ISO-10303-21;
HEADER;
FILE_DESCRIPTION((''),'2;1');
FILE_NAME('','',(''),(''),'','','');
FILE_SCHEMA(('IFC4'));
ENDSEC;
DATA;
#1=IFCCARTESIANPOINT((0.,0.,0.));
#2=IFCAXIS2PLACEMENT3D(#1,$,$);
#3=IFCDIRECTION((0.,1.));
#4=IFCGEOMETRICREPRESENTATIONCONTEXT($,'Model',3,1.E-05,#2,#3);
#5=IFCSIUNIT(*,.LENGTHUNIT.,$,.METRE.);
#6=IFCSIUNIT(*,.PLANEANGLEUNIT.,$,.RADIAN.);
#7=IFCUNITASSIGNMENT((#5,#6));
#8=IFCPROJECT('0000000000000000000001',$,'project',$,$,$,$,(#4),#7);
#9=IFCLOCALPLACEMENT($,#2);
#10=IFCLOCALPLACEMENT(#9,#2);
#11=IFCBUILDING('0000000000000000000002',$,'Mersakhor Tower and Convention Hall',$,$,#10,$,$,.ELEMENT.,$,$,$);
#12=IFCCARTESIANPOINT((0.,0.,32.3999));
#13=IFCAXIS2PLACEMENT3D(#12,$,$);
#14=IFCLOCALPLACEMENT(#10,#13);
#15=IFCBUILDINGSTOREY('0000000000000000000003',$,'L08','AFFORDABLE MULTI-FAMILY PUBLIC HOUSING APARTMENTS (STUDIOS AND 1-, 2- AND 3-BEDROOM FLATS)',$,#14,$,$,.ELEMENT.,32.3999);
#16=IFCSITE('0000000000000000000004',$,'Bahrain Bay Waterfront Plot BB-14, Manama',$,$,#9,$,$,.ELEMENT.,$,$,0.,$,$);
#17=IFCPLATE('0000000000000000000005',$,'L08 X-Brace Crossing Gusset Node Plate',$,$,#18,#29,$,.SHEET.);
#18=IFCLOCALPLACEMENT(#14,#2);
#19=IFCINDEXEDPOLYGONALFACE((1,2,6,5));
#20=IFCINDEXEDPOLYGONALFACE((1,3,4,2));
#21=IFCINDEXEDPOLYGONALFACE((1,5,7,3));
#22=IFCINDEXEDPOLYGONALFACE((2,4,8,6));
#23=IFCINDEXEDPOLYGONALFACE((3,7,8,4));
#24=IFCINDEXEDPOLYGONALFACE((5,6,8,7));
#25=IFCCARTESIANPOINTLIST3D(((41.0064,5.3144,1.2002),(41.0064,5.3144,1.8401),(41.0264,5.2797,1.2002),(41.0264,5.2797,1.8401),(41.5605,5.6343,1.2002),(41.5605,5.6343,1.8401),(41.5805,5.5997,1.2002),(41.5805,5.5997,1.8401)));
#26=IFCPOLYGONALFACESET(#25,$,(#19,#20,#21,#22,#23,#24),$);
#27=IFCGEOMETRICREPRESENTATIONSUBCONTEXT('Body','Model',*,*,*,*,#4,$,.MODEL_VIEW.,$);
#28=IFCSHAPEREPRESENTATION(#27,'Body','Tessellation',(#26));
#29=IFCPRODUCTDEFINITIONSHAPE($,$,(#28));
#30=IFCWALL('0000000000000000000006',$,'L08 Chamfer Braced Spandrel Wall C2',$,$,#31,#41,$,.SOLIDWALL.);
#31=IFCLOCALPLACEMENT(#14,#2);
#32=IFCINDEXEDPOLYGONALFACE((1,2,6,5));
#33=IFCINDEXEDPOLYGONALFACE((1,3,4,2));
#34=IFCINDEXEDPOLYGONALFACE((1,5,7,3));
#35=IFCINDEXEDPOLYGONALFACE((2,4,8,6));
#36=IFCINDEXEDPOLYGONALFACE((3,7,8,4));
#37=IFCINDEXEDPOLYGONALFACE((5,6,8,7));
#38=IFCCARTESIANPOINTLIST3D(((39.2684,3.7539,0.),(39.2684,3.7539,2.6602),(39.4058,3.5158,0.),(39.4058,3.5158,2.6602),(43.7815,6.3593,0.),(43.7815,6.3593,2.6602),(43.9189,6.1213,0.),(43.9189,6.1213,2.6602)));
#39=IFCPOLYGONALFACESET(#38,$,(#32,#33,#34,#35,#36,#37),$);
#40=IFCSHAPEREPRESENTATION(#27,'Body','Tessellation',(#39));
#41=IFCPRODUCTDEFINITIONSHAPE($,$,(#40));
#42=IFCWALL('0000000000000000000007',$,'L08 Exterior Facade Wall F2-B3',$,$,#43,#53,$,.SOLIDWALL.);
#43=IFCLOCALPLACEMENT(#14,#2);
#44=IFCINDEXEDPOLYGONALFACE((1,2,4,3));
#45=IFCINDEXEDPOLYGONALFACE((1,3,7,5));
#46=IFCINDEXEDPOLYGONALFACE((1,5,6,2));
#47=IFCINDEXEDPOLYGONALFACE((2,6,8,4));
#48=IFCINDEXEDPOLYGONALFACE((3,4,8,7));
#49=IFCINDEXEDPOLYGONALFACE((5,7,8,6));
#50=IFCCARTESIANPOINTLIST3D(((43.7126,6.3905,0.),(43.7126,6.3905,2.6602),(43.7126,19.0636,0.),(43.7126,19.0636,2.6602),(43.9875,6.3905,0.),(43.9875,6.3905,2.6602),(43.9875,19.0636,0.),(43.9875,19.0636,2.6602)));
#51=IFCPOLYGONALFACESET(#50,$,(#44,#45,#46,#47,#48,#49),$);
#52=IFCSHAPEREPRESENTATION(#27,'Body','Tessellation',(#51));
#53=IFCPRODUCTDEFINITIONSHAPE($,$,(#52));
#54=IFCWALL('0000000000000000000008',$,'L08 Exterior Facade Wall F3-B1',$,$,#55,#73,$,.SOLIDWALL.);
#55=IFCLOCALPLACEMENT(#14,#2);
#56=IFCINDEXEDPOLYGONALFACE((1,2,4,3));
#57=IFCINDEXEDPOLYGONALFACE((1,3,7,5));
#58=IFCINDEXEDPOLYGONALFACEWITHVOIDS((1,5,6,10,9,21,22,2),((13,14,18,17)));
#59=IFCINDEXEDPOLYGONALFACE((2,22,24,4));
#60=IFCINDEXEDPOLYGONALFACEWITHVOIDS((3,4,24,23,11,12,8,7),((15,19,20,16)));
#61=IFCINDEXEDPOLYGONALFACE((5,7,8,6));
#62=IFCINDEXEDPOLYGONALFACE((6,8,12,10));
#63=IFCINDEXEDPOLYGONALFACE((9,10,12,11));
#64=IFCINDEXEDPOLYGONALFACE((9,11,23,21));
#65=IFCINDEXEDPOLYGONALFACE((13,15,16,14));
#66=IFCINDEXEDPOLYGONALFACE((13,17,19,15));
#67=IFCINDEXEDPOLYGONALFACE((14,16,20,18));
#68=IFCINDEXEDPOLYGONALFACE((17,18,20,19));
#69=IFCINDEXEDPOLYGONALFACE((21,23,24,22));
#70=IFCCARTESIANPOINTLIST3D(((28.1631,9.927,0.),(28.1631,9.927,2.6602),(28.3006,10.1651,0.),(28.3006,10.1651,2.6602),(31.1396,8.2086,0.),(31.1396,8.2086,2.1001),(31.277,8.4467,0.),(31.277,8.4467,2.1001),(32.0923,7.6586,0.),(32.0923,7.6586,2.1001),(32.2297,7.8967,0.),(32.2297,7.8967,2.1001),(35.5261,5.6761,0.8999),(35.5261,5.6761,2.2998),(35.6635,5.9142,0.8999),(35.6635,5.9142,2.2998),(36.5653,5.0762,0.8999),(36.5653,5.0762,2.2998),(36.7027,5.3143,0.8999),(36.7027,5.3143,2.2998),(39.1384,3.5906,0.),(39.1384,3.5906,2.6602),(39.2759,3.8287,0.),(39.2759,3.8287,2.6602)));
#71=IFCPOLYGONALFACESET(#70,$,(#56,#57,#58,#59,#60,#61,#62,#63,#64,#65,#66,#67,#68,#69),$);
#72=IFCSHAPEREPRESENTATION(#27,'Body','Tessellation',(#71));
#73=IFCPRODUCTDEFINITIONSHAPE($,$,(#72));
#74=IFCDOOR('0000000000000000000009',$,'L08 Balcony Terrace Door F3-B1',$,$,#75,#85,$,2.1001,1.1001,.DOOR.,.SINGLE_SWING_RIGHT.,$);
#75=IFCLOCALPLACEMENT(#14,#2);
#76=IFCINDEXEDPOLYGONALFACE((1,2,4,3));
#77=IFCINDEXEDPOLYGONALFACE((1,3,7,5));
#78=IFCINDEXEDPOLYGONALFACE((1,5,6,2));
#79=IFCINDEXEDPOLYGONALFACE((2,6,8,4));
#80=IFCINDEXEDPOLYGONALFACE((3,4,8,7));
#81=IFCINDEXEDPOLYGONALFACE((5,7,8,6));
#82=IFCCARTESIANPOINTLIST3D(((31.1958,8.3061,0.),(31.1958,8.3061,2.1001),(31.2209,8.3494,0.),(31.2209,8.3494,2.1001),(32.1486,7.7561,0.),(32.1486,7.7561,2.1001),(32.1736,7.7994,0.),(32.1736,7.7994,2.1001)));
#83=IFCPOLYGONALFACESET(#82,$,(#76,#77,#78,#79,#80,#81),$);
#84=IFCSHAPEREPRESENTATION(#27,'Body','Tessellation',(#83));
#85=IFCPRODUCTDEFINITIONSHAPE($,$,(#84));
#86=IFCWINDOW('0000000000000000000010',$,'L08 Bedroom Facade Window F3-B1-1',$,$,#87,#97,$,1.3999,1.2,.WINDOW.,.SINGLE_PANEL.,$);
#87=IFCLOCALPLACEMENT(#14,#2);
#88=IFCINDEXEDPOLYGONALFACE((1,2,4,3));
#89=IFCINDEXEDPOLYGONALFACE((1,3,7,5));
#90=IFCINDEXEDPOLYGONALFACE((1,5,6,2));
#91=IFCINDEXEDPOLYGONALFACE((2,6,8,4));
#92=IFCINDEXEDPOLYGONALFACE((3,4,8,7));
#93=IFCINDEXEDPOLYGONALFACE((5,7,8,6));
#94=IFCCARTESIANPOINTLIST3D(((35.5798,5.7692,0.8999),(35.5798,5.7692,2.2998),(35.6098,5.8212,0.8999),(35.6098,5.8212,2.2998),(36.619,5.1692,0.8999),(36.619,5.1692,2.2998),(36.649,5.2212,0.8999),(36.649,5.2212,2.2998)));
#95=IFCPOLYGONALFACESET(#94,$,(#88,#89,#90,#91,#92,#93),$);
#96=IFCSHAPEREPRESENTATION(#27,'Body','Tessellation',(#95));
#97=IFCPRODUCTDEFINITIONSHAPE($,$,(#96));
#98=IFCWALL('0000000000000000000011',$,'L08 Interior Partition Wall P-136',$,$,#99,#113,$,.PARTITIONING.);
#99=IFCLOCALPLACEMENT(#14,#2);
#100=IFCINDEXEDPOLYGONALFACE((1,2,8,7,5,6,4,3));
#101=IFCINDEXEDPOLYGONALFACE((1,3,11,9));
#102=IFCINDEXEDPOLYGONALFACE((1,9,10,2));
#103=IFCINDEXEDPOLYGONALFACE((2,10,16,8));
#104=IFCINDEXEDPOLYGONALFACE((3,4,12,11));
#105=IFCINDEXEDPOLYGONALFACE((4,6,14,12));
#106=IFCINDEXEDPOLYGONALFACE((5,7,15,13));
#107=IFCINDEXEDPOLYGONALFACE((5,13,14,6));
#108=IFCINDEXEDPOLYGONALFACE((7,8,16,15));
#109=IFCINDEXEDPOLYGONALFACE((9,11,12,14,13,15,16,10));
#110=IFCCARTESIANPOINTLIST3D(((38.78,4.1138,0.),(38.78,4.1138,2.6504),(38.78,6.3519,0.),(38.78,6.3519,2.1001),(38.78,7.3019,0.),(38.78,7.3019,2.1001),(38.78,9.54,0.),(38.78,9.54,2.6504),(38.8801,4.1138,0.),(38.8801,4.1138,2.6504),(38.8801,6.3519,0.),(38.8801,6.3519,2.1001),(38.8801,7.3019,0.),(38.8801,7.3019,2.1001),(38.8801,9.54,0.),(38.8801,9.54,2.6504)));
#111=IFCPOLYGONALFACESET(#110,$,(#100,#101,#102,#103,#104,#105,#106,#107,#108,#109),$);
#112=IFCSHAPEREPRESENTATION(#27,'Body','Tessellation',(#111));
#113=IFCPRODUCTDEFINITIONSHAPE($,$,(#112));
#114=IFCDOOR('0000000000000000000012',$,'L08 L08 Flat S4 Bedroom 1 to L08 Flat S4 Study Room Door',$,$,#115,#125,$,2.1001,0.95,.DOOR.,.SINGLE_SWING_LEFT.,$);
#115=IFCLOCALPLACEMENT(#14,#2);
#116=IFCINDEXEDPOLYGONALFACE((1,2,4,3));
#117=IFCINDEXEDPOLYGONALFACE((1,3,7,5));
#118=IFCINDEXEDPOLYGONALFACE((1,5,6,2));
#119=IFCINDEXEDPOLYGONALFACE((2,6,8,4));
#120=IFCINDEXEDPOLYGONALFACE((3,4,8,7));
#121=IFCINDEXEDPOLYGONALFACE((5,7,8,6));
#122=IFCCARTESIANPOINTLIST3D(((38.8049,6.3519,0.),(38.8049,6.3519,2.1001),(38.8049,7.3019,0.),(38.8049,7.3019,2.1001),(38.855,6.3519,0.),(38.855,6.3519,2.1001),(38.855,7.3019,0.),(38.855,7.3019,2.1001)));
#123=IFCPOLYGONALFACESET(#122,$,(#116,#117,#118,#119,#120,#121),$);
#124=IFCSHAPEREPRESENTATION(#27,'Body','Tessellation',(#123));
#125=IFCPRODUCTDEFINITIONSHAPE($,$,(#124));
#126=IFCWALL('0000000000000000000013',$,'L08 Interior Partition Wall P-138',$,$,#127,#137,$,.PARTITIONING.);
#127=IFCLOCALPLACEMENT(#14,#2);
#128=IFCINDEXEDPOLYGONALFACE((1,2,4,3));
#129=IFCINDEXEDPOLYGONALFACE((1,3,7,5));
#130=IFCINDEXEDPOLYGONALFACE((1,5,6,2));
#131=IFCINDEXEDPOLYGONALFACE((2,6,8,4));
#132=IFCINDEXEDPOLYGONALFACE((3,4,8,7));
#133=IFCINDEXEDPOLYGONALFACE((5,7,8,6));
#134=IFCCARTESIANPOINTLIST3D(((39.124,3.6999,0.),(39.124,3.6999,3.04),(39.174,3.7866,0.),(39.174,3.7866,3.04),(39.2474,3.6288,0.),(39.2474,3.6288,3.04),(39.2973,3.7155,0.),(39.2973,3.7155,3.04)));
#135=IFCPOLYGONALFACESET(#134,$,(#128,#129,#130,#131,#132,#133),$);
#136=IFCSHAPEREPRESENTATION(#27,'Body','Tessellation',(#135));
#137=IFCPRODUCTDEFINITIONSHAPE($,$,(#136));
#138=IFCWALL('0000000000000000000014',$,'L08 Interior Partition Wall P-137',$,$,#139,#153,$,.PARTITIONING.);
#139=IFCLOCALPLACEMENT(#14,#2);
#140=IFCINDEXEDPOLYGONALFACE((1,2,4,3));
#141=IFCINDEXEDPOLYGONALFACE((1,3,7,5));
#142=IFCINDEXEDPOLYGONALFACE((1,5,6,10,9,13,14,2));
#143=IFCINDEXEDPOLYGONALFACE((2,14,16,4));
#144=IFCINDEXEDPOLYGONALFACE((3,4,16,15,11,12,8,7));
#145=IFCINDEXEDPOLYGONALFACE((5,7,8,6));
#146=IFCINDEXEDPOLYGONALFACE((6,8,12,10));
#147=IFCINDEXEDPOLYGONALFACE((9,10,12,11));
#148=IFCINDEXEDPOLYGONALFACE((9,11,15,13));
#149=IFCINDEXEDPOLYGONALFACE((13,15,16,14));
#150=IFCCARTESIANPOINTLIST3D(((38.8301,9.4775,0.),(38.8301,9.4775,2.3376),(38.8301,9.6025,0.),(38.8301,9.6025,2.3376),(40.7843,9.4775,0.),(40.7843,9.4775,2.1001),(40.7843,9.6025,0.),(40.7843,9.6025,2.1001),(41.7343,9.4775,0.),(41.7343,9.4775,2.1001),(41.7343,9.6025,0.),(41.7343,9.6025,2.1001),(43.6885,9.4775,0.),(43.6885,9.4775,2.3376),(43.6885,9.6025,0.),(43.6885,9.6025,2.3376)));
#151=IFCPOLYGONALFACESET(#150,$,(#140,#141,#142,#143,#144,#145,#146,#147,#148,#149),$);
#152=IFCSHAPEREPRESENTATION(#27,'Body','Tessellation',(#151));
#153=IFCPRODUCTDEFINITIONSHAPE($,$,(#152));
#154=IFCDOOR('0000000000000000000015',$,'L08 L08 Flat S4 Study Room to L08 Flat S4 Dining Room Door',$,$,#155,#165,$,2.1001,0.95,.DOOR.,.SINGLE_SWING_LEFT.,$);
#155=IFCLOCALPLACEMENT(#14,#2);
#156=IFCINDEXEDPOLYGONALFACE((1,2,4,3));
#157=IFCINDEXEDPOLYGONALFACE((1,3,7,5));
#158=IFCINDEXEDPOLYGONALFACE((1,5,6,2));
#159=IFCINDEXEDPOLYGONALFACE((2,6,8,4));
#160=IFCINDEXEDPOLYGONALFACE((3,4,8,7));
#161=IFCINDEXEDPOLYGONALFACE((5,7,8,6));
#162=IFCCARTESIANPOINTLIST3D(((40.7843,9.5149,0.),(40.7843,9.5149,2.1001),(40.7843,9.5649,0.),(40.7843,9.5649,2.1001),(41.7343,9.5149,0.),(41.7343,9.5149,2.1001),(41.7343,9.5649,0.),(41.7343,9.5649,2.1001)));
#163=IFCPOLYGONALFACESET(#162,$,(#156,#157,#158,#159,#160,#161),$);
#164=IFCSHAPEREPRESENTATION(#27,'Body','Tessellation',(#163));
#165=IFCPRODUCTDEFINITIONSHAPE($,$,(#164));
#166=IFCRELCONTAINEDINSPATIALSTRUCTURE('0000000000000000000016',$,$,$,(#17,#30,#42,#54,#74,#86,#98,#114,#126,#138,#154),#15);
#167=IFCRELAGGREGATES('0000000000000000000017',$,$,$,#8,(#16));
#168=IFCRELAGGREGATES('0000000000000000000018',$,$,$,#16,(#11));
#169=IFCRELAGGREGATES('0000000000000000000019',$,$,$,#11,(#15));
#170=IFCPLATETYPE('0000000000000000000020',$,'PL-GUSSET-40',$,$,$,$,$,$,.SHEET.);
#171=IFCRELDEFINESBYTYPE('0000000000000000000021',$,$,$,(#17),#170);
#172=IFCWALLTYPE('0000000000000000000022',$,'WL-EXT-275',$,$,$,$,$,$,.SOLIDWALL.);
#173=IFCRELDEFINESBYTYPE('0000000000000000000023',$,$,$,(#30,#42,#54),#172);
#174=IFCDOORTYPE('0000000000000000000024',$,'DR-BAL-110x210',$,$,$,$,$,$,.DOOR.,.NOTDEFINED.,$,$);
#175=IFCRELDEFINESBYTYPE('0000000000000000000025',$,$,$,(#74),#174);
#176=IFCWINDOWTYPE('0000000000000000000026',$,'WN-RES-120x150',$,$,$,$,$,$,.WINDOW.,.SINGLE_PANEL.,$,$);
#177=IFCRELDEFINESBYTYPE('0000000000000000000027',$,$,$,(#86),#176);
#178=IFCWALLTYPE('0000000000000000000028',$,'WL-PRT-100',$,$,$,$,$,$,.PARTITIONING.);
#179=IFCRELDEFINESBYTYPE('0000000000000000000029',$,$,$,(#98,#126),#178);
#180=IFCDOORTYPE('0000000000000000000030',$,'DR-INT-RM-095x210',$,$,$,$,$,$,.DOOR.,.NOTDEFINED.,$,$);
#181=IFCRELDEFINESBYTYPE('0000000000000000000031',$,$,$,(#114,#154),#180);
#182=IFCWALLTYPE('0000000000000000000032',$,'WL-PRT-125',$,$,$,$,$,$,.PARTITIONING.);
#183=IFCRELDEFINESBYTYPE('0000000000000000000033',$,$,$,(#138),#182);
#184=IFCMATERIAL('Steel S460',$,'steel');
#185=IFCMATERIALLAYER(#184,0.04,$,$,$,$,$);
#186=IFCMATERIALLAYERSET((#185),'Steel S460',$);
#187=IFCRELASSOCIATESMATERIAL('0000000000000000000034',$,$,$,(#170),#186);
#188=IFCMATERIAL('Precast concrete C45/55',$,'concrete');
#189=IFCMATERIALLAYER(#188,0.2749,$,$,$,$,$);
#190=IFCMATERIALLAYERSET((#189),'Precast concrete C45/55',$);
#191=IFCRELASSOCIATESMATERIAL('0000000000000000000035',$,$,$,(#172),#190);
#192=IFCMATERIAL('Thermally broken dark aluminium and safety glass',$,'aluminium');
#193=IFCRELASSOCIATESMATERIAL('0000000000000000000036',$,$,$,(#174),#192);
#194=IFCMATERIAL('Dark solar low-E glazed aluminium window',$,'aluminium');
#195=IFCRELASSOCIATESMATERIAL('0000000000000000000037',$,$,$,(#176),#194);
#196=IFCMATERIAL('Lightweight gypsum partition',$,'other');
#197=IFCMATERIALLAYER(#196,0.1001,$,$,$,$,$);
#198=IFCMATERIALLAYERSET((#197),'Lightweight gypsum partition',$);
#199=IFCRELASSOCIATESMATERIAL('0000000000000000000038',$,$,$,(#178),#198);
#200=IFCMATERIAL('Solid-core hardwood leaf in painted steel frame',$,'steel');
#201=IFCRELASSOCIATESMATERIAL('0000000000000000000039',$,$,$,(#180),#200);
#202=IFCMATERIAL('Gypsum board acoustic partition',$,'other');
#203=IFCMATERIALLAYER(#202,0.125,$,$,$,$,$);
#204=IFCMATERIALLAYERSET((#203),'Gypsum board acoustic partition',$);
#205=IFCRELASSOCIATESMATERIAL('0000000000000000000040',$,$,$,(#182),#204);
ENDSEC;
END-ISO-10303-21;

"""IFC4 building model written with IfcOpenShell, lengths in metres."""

from ifc_helpers import new_model, si_unit, direction, frame, frame_2d, origin, origin_2d, place, context, subcontext, project, spatial, rectangle, extrude, material, layer, layer_set, type_object, element, fill, save


model = new_model("IFC4")

# Units and contexts
model_context = context("Model", 3, precision=1e-05, world=origin(), true_north=direction((0.0, 1.0)))
body_context = subcontext(model_context, "Body", "Model", "MODEL_VIEW")
ifc_project = project(units=[si_unit("LENGTHUNIT", "METRE"), si_unit("PLANEANGLEUNIT", "RADIAN")], contexts=[model_context])

# Site, building, storey
site_placement = place(None, origin())
site = spatial("IfcSite", under=ifc_project, at=site_placement, Name="Bahrain Bay Waterfront Plot BB-14, Manama", CompositionType="ELEMENT", RefElevation=0.0)
building_placement = place(site_placement, origin())
building = spatial("IfcBuilding", under=site, at=building_placement, Name="Mersakhor Tower and Convention Hall", CompositionType="ELEMENT")
storey_placement = place(building_placement, frame((0.0, 0.0, 32.3999)))
storey = spatial("IfcBuildingStorey", under=building, at=storey_placement, Name="L08", Description="AFFORDABLE MULTI-FAMILY PUBLIC HOUSING APARTMENTS (STUDIOS AND 1-, 2- AND 3-BEDROOM FLATS)", CompositionType="ELEMENT", Elevation=32.3999)

# Plate
ifc_material_1 = material(Name="Steel S460", Category="steel")
ifc_layer_1 = layer(ifc_material_1, 0.04)
ifc_layer_set_1 = layer_set([ifc_layer_1], Name="Steel S460")
plate_type_1 = type_object("IfcPlateType", Name="PL-GUSSET-40", PredefinedType="SHEET", material=ifc_layer_set_1)
plate_placement = place(storey_placement, frame((41.2935, 5.457, 1.2002), z_axis=(0.0, 0.0, 1.0), x_axis=(0.866025, 0.5, 0.0)))
element("IfcPlate", 1, at=plate_placement, inside=storey, type_object=plate_type_1, Name="L08 X-Brace Crossing Gusset Node Plate", PredefinedType="SHEET", context=body_context, shape_type="SweptSolid", body=[
    extrude(rectangle(XDim=0.6399, YDim=0.04, at=origin_2d()), origin(), (0.0, 0.0, 1.0), 0.6399),
])

# Walls
ifc_material_2 = material(Name="Precast concrete C45/55", Category="concrete")
ifc_layer_2 = layer(ifc_material_2, 0.2749)
ifc_layer_set_2 = layer_set([ifc_layer_2], Name="Precast concrete C45/55")
wall_type_1 = type_object("IfcWallType", Name="WL-EXT-275", PredefinedType="SOLIDWALL", material=ifc_layer_set_2)
wall_1_placement = place(storey_placement, frame((43.8501, 6.2402, 0.0), z_axis=(0.0, 0.0, 1.0), x_axis=(-0.866044, -0.499968, 0.0)))
element("IfcWall", 2, at=wall_1_placement, inside=storey, type_object=wall_type_1, Name="L08 Chamfer Braced Spandrel Wall C2", PredefinedType="SOLIDWALL", context=body_context, shape_type="SweptSolid", body=[
    extrude(rectangle(XDim=5.2112, YDim=0.2749, at=frame_2d((2.6055, 0.0))), origin(), (0.0, 0.0, 1.0), 2.6602),
])
wall_2_placement = place(storey_placement, frame((43.8501, 19.0635, 0.0), z_axis=(0.0, 0.0, 1.0), x_axis=(0.0, -1.0, 0.0)))
element("IfcWall", 3, at=wall_2_placement, inside=storey, type_object=wall_type_1, Name="L08 Exterior Facade Wall F2-B3", PredefinedType="SOLIDWALL", context=body_context, shape_type="SweptSolid", body=[
    extrude(rectangle(XDim=12.6731, YDim=0.2749, at=frame_2d((6.3364, 0.0))), origin(), (0.0, 0.0, 1.0), 2.6602),
])

# Wall, openings, door, window
wall_3_placement = place(storey_placement, frame((39.207, 3.7097, 0.0), z_axis=(0.0, 0.0, 1.0), x_axis=(-0.866032, 0.499989, 0.0)))
wall_3 = element("IfcWall", 4, at=wall_3_placement, inside=storey, type_object=wall_type_1, Name="L08 Exterior Facade Wall F3-B1", PredefinedType="SOLIDWALL", context=body_context, shape_type="SweptSolid", body=[
    extrude(rectangle(XDim=12.6731, YDim=0.2749, at=frame_2d((6.3364, 0.0))), origin(), (0.0, 0.0, 1.0), 2.6602),
])
opening_1_placement = place(wall_3_placement, frame((8.136, 0.0, 0.0)))
opening_1 = element("IfcOpeningElement", 5, at=opening_1_placement, cuts=wall_3, PredefinedType="OPENING", context=body_context, shape_type="SweptSolid", body=[
    extrude(rectangle(XDim=1.1001, YDim=2.1001, at=frame_2d((0.55, 1.05))), frame((0.0, 0.1475, 0.0), z_axis=(0.0, -1.0, 0.0), x_axis=(1.0, 0.0, 0.0)), (0.0, 0.0, 1.0), 0.2949),
])
opening_2_placement = place(wall_3_placement, frame((2.9709, 0.0, 0.8999)))
opening_2 = element("IfcOpeningElement", 6, at=opening_2_placement, cuts=wall_3, PredefinedType="OPENING", context=body_context, shape_type="SweptSolid", body=[
    extrude(rectangle(XDim=1.2, YDim=1.3999, at=frame_2d((0.6001, 0.7))), frame((0.0, 0.1475, 0.0), z_axis=(0.0, -1.0, 0.0), x_axis=(1.0, 0.0, 0.0)), (0.0, 0.0, 1.0), 0.2949),
])
ifc_material_3 = material(Name="Thermally broken dark aluminium and safety glass", Category="aluminium")
door_type_1 = type_object("IfcDoorType", Name="DR-BAL-110x210", OperationType="NOTDEFINED", PredefinedType="DOOR", material=ifc_material_3)
door_1_placement = place(opening_1_placement, origin())
door_1 = element("IfcDoor", 7, at=door_1_placement, inside=storey, type_object=door_type_1, Name="L08 Balcony Terrace Door F3-B1", OperationType="SINGLE_SWING_RIGHT", OverallHeight=2.1001, OverallWidth=1.1001, PredefinedType="DOOR", context=body_context, shape_type="SweptSolid", body=[
    extrude(rectangle(XDim=1.1001, YDim=2.1001, at=frame_2d((0.55, 1.05))), frame((0.0, 0.0249, 0.0), z_axis=(0.0, -1.0, 0.0), x_axis=(1.0, 0.0, 0.0)), (0.0, 0.0, 1.0), 0.05),
])
fill(opening_1, door_1)
ifc_material_4 = material(Name="Dark solar low-E glazed aluminium window", Category="aluminium")
window_type = type_object("IfcWindowType", Name="WN-RES-120x150", PartitioningType="SINGLE_PANEL", PredefinedType="WINDOW", material=ifc_material_4)
window_placement = place(opening_2_placement, origin())
window = element("IfcWindow", 8, at=window_placement, inside=storey, type_object=window_type, Name="L08 Bedroom Facade Window F3-B1-1", OverallHeight=1.3999, OverallWidth=1.2, PartitioningType="SINGLE_PANEL", PredefinedType="WINDOW", context=body_context, shape_type="SweptSolid", body=[
    extrude(rectangle(XDim=1.2, YDim=1.3999, at=frame_2d((0.6001, 0.7))), frame((0.0, 0.03, 0.0), z_axis=(0.0, -1.0, 0.0), x_axis=(1.0, 0.0, 0.0)), (0.0, 0.0, 1.0), 0.0601),
])
fill(opening_2, window)

# Wall, opening, door
ifc_material_5 = material(Name="Lightweight gypsum partition", Category="other")
ifc_layer_3 = layer(ifc_material_5, 0.1001)
ifc_layer_set_3 = layer_set([ifc_layer_3], Name="Lightweight gypsum partition")
wall_type_2 = type_object("IfcWallType", Name="WL-PRT-100", PredefinedType="PARTITIONING", material=ifc_layer_set_3)
wall_4_placement = place(storey_placement, frame((38.8301, 9.54, 0.0), z_axis=(0.0, 0.0, 1.0), x_axis=(0.0, -1.0, 0.0)))
wall_4 = element("IfcWall", 9, at=wall_4_placement, inside=storey, type_object=wall_type_2, Name="L08 Interior Partition Wall P-136", PredefinedType="PARTITIONING", context=body_context, shape_type="SweptSolid", body=[
    extrude(rectangle(XDim=5.4263, YDim=0.1001, at=frame_2d((2.7131, 0.0))), origin(), (0.0, 0.0, 1.0), 2.6504),
])
opening_3_placement = place(wall_4_placement, frame((2.238, 0.0, 0.0)))
opening_3 = element("IfcOpeningElement", 10, at=opening_3_placement, cuts=wall_4, PredefinedType="OPENING", context=body_context, shape_type="SweptSolid", body=[
    extrude(rectangle(XDim=0.95, YDim=2.1001, at=frame_2d((0.4751, 1.05))), frame((0.0, 0.0601, 0.0), z_axis=(0.0, -1.0, 0.0), x_axis=(1.0, 0.0, 0.0)), (0.0, 0.0, 1.0), 0.1201),
])
ifc_material_6 = material(Name="Solid-core hardwood leaf in painted steel frame", Category="steel")
door_type_2 = type_object("IfcDoorType", Name="DR-INT-RM-095x210", OperationType="NOTDEFINED", PredefinedType="DOOR", material=ifc_material_6)
door_2_placement = place(opening_3_placement, origin())
door_2 = element("IfcDoor", 11, at=door_2_placement, inside=storey, type_object=door_type_2, Name="L08 L08 Flat S4 Bedroom 1 to L08 Flat S4 Study Room Door", OperationType="SINGLE_SWING_LEFT", OverallHeight=2.1001, OverallWidth=0.95, PredefinedType="DOOR", context=body_context, shape_type="SweptSolid", body=[
    extrude(rectangle(XDim=0.95, YDim=2.1001, at=frame_2d((0.4751, 1.05))), frame((0.0, 0.0249, 0.0), z_axis=(0.0, -1.0, 0.0), x_axis=(1.0, 0.0, 0.0)), (0.0, 0.0, 1.0), 0.05),
])
fill(opening_3, door_2)

# Wall
wall_5_placement = place(storey_placement, frame((39.2725, 3.6721, 0.0), z_axis=(0.0, 0.0, 1.0), x_axis=(-0.866443, 0.499277, 0.0)))
element("IfcWall", 12, at=wall_5_placement, inside=storey, type_object=wall_type_2, Name="L08 Interior Partition Wall P-138", PredefinedType="PARTITIONING", context=body_context, shape_type="SweptSolid", body=[
    extrude(rectangle(XDim=0.1423, YDim=0.1001, at=frame_2d((0.0713, 0.0))), origin(), (0.0, 0.0, 1.0), 3.04),
])

# Wall, opening, door
ifc_material_7 = material(Name="Gypsum board acoustic partition", Category="other")
ifc_layer_4 = layer(ifc_material_7, 0.125)
ifc_layer_set_4 = layer_set([ifc_layer_4], Name="Gypsum board acoustic partition")
wall_type_3 = type_object("IfcWallType", Name="WL-PRT-125", PredefinedType="PARTITIONING", material=ifc_layer_set_4)
wall_6_placement = place(storey_placement, frame((38.8301, 9.54, 0.0), z_axis=(0.0, 0.0, 1.0), x_axis=(1.0, 0.0, 0.0)))
wall_6 = element("IfcWall", 13, at=wall_6_placement, inside=storey, type_object=wall_type_3, Name="L08 Interior Partition Wall P-137", PredefinedType="PARTITIONING", context=body_context, shape_type="SweptSolid", body=[
    extrude(rectangle(XDim=4.8584, YDim=0.125, at=frame_2d((2.4292, 0.0))), origin(), (0.0, 0.0, 1.0), 2.3376),
])
opening_4_placement = place(wall_6_placement, frame((1.9541, 0.0, 0.0)))
opening_4 = element("IfcOpeningElement", 14, at=opening_4_placement, cuts=wall_6, PredefinedType="OPENING", context=body_context, shape_type="SweptSolid", body=[
    extrude(rectangle(XDim=0.95, YDim=2.1001, at=frame_2d((0.4751, 1.05))), frame((0.0, 0.0725, 0.0), z_axis=(0.0, -1.0, 0.0), x_axis=(1.0, 0.0, 0.0)), (0.0, 0.0, 1.0), 0.145),
])
door_3_placement = place(opening_4_placement, origin())
door_3 = element("IfcDoor", 15, at=door_3_placement, inside=storey, type_object=door_type_2, Name="L08 L08 Flat S4 Study Room to L08 Flat S4 Dining Room Door", OperationType="SINGLE_SWING_LEFT", OverallHeight=2.1001, OverallWidth=0.95, PredefinedType="DOOR", context=body_context, shape_type="SweptSolid", body=[
    extrude(rectangle(XDim=0.95, YDim=2.1001, at=frame_2d((0.4751, 1.05))), frame((0.0, 0.0249, 0.0), z_axis=(0.0, -1.0, 0.0), x_axis=(1.0, 0.0, 0.0)), (0.0, 0.0, 1.0), 0.05),
])
fill(opening_4, door_3)

save(model, "model.ifc")
